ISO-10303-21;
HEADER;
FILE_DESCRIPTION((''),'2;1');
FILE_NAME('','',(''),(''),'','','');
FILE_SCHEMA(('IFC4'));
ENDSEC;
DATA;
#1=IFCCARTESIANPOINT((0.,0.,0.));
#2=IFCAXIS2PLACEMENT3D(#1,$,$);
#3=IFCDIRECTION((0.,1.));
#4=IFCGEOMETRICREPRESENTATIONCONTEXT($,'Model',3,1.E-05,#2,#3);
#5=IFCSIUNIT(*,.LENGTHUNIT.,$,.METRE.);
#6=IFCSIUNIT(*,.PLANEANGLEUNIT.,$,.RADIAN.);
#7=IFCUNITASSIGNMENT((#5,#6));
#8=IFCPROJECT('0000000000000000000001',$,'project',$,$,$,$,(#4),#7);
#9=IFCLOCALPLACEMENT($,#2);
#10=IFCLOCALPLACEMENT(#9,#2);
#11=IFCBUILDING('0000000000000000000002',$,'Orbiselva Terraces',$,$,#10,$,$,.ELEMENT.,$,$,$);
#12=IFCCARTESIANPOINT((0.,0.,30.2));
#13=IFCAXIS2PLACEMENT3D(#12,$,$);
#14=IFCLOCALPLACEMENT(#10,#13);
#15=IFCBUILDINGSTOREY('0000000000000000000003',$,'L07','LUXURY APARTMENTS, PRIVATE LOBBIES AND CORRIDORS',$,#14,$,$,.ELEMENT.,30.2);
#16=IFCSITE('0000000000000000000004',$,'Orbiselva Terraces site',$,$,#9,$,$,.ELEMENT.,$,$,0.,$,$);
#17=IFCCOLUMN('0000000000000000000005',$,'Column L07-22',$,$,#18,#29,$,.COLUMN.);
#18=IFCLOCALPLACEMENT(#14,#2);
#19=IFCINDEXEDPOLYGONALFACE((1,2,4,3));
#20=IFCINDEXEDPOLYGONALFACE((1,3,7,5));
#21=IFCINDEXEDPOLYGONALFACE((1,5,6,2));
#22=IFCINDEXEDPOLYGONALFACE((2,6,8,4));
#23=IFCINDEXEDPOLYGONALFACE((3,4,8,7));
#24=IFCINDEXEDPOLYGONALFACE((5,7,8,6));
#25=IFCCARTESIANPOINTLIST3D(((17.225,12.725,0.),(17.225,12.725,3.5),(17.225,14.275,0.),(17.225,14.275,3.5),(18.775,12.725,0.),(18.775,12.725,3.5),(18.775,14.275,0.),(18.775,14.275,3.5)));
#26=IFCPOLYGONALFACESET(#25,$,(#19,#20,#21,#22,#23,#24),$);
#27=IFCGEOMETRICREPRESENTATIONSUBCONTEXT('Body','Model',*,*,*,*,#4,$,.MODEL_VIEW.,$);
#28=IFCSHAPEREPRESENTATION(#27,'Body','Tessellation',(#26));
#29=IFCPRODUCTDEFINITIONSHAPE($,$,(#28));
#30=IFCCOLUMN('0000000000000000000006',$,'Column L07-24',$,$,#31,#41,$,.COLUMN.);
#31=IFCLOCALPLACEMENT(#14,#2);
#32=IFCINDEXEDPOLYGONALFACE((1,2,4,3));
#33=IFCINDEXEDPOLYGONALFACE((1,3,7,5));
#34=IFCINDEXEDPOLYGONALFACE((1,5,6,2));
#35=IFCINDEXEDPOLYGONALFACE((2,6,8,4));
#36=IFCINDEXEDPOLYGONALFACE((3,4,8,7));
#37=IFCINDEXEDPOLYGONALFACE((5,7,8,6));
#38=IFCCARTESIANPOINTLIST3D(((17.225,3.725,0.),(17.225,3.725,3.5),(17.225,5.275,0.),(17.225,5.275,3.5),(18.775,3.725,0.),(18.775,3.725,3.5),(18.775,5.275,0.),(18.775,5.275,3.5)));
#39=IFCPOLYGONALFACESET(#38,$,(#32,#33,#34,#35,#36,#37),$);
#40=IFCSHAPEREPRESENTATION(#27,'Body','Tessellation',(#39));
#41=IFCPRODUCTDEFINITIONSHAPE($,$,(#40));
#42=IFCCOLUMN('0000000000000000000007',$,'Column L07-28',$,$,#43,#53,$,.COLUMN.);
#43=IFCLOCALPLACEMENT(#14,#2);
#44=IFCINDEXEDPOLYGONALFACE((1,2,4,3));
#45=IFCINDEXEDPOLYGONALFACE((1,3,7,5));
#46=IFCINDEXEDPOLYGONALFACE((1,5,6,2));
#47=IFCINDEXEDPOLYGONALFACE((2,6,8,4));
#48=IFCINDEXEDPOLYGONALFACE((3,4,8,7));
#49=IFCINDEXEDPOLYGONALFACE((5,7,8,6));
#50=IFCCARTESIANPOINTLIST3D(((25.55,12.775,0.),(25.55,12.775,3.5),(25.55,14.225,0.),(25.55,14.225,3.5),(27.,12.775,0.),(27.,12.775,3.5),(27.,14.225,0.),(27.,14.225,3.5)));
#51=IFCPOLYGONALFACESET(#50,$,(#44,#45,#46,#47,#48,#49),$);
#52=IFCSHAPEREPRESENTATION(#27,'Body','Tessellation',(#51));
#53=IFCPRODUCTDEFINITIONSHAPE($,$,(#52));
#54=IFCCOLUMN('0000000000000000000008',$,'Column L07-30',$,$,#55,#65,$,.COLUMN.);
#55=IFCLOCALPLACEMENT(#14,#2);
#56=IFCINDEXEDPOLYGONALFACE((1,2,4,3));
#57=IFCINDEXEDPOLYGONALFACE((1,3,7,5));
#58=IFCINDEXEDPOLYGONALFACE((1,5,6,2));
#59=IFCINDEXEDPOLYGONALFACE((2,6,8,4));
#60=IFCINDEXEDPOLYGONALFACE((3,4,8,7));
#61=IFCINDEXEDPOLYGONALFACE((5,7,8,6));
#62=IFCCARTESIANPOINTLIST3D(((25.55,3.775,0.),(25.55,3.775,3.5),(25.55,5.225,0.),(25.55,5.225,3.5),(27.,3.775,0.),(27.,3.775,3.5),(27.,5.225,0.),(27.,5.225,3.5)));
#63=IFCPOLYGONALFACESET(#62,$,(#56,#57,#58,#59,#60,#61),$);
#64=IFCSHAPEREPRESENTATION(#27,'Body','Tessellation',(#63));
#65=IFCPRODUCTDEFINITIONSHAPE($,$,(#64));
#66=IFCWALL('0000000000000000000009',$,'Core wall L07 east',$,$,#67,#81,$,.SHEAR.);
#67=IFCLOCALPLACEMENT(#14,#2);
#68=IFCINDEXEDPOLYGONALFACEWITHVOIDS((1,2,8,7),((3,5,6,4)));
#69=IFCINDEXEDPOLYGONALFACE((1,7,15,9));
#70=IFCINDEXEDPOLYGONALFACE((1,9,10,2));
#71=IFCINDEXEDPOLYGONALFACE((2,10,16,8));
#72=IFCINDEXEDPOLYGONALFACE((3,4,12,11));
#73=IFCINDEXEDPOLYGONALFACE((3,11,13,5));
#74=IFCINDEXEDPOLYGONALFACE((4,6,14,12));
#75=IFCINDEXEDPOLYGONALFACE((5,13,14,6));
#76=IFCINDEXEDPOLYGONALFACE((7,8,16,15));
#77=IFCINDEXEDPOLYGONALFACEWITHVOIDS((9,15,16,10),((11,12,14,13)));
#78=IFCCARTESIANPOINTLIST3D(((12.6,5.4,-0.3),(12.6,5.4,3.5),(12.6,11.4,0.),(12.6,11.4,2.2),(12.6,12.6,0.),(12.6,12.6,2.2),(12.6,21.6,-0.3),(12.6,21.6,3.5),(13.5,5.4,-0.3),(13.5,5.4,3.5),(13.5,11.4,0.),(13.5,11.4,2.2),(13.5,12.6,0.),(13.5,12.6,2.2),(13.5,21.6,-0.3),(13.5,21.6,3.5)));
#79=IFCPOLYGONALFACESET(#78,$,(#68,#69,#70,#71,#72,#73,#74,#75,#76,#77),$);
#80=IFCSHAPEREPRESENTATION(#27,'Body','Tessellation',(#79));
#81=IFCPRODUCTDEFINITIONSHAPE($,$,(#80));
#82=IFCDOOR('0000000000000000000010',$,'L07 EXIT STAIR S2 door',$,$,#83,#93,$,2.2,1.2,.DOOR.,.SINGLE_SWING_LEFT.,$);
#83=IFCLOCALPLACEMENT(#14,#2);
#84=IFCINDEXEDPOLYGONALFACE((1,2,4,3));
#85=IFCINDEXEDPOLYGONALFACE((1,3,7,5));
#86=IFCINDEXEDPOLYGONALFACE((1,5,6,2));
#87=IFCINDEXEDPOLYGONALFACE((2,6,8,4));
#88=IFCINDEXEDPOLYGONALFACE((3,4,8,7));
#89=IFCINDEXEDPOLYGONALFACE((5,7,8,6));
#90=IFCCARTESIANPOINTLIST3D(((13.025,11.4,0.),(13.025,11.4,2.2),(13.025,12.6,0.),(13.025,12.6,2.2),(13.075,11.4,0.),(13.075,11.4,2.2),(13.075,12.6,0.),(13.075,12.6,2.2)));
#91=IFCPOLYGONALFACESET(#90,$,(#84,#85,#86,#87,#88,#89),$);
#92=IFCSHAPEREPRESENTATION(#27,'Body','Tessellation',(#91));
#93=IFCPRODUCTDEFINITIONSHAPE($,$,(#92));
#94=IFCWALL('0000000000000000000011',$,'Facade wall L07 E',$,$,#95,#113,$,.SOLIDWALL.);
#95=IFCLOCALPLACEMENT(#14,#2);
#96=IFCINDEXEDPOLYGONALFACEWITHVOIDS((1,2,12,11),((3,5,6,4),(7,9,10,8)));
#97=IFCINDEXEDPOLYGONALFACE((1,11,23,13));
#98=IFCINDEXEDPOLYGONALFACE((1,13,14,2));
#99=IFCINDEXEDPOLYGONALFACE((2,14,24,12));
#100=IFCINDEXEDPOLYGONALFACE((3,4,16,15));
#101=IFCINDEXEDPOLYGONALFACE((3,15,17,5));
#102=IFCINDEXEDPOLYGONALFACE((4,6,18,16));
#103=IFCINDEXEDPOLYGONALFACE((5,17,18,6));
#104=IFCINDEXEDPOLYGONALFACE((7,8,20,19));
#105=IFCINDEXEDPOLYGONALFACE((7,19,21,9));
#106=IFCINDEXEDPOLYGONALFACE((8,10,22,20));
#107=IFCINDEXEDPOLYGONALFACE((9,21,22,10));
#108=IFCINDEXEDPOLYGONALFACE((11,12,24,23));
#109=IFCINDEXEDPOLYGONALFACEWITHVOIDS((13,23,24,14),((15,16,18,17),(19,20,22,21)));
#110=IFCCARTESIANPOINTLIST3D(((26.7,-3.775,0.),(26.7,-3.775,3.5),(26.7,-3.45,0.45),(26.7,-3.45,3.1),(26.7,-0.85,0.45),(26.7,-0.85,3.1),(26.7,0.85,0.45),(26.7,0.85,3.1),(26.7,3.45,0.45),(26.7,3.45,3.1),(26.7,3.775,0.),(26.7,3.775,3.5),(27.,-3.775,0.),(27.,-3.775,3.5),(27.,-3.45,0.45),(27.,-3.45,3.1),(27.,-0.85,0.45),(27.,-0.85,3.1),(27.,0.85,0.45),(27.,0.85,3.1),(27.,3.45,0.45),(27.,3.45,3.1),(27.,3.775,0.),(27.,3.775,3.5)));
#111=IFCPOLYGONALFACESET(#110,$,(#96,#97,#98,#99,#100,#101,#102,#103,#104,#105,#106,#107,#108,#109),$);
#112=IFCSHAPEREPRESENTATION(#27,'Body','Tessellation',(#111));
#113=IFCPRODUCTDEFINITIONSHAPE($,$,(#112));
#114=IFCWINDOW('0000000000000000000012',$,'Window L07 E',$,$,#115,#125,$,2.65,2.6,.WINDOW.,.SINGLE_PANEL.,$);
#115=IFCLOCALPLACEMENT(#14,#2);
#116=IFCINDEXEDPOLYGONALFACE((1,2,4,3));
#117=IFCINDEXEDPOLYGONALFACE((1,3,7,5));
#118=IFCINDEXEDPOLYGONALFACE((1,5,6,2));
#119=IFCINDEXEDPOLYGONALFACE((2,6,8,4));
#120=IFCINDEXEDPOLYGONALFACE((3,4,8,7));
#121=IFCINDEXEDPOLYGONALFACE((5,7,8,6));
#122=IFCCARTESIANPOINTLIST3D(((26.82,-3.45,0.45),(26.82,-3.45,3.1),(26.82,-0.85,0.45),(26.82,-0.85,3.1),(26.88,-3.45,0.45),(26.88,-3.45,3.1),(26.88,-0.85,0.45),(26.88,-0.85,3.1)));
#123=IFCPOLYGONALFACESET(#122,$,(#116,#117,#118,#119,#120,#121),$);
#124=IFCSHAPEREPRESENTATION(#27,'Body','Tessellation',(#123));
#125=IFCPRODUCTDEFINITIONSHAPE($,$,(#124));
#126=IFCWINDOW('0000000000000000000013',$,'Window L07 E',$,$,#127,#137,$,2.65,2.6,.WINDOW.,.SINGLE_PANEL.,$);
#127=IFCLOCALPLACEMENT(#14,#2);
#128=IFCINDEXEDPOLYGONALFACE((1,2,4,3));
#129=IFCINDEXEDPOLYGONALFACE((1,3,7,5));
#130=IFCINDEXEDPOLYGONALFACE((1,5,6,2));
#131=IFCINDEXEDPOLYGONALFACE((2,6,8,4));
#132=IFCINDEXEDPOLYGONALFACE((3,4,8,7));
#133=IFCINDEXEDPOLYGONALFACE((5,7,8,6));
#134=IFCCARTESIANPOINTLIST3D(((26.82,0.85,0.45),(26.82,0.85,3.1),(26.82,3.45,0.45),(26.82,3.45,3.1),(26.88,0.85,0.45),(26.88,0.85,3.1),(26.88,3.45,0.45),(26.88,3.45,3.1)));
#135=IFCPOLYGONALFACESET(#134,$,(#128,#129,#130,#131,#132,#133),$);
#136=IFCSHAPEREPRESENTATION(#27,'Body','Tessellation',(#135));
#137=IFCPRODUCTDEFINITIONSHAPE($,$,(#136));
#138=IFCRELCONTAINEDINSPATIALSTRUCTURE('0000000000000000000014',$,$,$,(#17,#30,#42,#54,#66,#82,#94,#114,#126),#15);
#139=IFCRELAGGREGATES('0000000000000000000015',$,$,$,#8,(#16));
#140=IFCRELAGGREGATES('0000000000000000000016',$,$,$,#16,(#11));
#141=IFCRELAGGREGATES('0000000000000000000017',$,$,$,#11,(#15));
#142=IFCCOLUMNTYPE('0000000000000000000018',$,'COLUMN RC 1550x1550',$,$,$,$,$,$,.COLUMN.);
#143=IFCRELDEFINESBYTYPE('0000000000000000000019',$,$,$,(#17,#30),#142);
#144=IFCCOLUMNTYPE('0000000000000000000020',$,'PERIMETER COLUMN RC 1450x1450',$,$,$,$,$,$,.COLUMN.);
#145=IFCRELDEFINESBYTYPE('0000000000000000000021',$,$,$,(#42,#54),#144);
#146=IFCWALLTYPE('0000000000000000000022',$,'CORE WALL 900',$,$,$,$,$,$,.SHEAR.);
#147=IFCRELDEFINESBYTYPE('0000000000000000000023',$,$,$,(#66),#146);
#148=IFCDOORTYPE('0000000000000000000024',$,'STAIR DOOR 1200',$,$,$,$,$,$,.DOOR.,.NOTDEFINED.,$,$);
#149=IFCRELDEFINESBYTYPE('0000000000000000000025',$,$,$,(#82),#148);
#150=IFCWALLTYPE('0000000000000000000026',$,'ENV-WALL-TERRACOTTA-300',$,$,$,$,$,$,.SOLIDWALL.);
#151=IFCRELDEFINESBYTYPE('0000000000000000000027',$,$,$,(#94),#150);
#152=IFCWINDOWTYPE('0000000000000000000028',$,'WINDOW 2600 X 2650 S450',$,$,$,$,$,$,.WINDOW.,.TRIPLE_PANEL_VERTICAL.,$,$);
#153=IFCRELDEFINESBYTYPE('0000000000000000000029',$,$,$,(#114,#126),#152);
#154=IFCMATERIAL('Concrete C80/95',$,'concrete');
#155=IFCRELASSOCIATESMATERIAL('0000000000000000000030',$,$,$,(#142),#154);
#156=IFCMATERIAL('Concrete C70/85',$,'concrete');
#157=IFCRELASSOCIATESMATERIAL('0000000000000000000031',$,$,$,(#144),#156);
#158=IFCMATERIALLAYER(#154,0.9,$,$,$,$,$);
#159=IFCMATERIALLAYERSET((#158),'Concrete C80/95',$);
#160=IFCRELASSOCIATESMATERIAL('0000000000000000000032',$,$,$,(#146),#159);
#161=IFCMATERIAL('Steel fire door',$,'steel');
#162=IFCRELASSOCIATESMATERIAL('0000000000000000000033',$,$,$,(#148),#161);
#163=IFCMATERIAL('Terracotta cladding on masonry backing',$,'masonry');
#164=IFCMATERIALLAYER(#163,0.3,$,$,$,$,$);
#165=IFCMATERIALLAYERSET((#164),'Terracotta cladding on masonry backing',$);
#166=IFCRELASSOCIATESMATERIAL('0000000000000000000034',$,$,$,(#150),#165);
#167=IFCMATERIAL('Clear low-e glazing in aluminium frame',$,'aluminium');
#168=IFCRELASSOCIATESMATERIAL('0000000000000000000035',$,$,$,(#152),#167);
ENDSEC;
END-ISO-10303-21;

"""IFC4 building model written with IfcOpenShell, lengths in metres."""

from ifc_helpers import new_model, si_unit, direction, frame, frame_2d, origin, origin_2d, place, context, subcontext, project, spatial, rectangle, extrude, material, layer, layer_set, material_profile, profile_set, type_object, element, fill, save


model = new_model("IFC4")

# Units and contexts
model_context = context("Model", 3, precision=1e-05, world=origin(), true_north=direction((0.0, 1.0)))
body_context = subcontext(model_context, "Body", "Model", "MODEL_VIEW")
ifc_project = project(units=[si_unit("LENGTHUNIT", "METRE"), si_unit("PLANEANGLEUNIT", "RADIAN")], contexts=[model_context])

# Site, building, storey
site_placement = place(None, origin())
site = spatial("IfcSite", under=ifc_project, at=site_placement, Name="Orbiselva Terraces site", CompositionType="ELEMENT", RefElevation=0.0)
building_placement = place(site_placement, origin())
building = spatial("IfcBuilding", under=site, at=building_placement, Name="Orbiselva Terraces", CompositionType="ELEMENT")
storey_placement = place(building_placement, frame((0.0, 0.0, 30.2)))
storey = spatial("IfcBuildingStorey", under=building, at=storey_placement, Name="L07", Description="LUXURY APARTMENTS, PRIVATE LOBBIES AND CORRIDORS", CompositionType="ELEMENT", Elevation=30.2)

# Columns
ifc_material_1 = material(Name="Concrete C80/95", Category="concrete")
ifc_material_profile_1 = material_profile(ifc_material_1, rectangle(XDim=1.55, YDim=1.55, at=origin_2d()), Name="RC 1550x1550")
ifc_profile_set_1 = profile_set([ifc_material_profile_1], Name="Concrete C80/95")
column_type_1 = type_object("IfcColumnType", Name="COLUMN RC 1550x1550", PredefinedType="COLUMN", material=ifc_profile_set_1)
for number, where, z_axis, x_axis, name in (
    (1, (18.0, 13.5, 0.0), (0.0, 0.0, 1.0), (1.0, 0.0, 0.0), "Column L07-22"),
    (2, (18.0, 4.5, 0.0), (0.0, 0.0, 1.0), (1.0, 0.0, 0.0), "Column L07-24"),
):
    element("IfcColumn", number, at=place(storey_placement, frame(where, z_axis=z_axis, x_axis=x_axis)), inside=storey, type_object=column_type_1, Name=name, PredefinedType="COLUMN", context=body_context, shape_type="SweptSolid", body=[
        extrude(rectangle(XDim=1.55, YDim=1.55, at=origin_2d()), origin(), (0.0, 0.0, 1.0), 3.5),
    ])
ifc_material_2 = material(Name="Concrete C70/85", Category="concrete")
ifc_material_profile_2 = material_profile(ifc_material_2, rectangle(XDim=1.45, YDim=1.45, at=origin_2d()), Name="RC 1450x1450")
ifc_profile_set_2 = profile_set([ifc_material_profile_2], Name="Concrete C70/85")
column_type_2 = type_object("IfcColumnType", Name="PERIMETER COLUMN RC 1450x1450", PredefinedType="COLUMN", material=ifc_profile_set_2)
for number, where, z_axis, x_axis, name in (
    (3, (26.275, 13.5, 0.0), (0.0, 0.0, 1.0), (1.0, 0.0, 0.0), "Column L07-28"),
    (4, (26.275, 4.5, 0.0), (0.0, 0.0, 1.0), (1.0, 0.0, 0.0), "Column L07-30"),
):
    element("IfcColumn", number, at=place(storey_placement, frame(where, z_axis=z_axis, x_axis=x_axis)), inside=storey, type_object=column_type_2, Name=name, PredefinedType="COLUMN", context=body_context, shape_type="SweptSolid", body=[
        extrude(rectangle(XDim=1.45, YDim=1.45, at=origin_2d()), origin(), (0.0, 0.0, 1.0), 3.5),
    ])

# Wall, opening, door
ifc_layer_1 = layer(ifc_material_1, 0.9)
ifc_layer_set_1 = layer_set([ifc_layer_1], Name="Concrete C80/95")
wall_type_1 = type_object("IfcWallType", Name="CORE WALL 900", PredefinedType="SHEAR", material=ifc_layer_set_1)
wall_1_placement = place(storey_placement, frame((13.05, 5.4, -0.3), z_axis=(0.0, 0.0, 1.0), x_axis=(0.0, 1.0, 0.0)))
wall_1 = element("IfcWall", 5, at=wall_1_placement, inside=storey, type_object=wall_type_1, Name="Core wall L07 east", PredefinedType="SHEAR", context=body_context, shape_type="SweptSolid", body=[
    extrude(rectangle(XDim=16.2, YDim=0.9, at=frame_2d((8.1, 0.0))), origin(), (0.0, 0.0, 1.0), 3.8),
])
opening_1_placement = place(wall_1_placement, frame((6.0, 0.0, 0.3)))
opening_1 = element("IfcOpeningElement", 6, at=opening_1_placement, cuts=wall_1, PredefinedType="OPENING", context=body_context, shape_type="SweptSolid", body=[
    extrude(rectangle(XDim=1.2, YDim=2.2, at=frame_2d((0.6, 1.1))), frame((0.0, 0.46, 0.0), z_axis=(0.0, -1.0, 0.0), x_axis=(1.0, 0.0, 0.0)), (0.0, 0.0, 1.0), 0.92),
])
ifc_material_3 = material(Name="Steel fire door", Category="steel")
door_type_1 = type_object("IfcDoorType", Name="STAIR DOOR 1200", OperationType="NOTDEFINED", PredefinedType="DOOR", material=ifc_material_3)
door_1_placement = place(opening_1_placement, frame((1.2, 0.0, 0.0), z_axis=(0.0, 0.0, 1.0), x_axis=(-1.0, 0.0, 0.0)))
door_1 = element("IfcDoor", 7, at=door_1_placement, inside=storey, type_object=door_type_1, Name="L07 EXIT STAIR S2 door", OperationType="SINGLE_SWING_LEFT", OverallHeight=2.2, OverallWidth=1.2, PredefinedType="DOOR", context=body_context, shape_type="SweptSolid", body=[
    extrude(rectangle(XDim=1.2, YDim=2.2, at=frame_2d((0.6, 1.1))), frame((0.0, 0.025, 0.0), z_axis=(0.0, -1.0, 0.0), x_axis=(1.0, 0.0, 0.0)), (0.0, 0.0, 1.0), 0.05),
])
fill(opening_1, door_1)

# Wall, openings, windows
ifc_material_4 = material(Name="Terracotta cladding on masonry backing", Category="masonry")
ifc_layer_2 = layer(ifc_material_4, 0.3)
ifc_layer_set_2 = layer_set([ifc_layer_2], Name="Terracotta cladding on masonry backing")
wall_type_2 = type_object("IfcWallType", Name="ENV-WALL-TERRACOTTA-300", PredefinedType="SOLIDWALL", material=ifc_layer_set_2)
wall_2_placement = place(storey_placement, frame((26.85, 3.775, 0.0), z_axis=(0.0, 0.0, 1.0), x_axis=(0.0, -1.0, 0.0)))
wall_2 = element("IfcWall", 8, at=wall_2_placement, inside=storey, type_object=wall_type_2, Name="Facade wall L07 E", PredefinedType="SOLIDWALL", context=body_context, shape_type="SweptSolid", body=[
    extrude(rectangle(XDim=7.55, YDim=0.3, at=frame_2d((3.775, 0.0))), origin(), (0.0, 0.0, 1.0), 3.5),
])
opening_2_placement = place(wall_2_placement, frame((4.625, 0.0, 0.45)))
opening_2 = element("IfcOpeningElement", 9, at=opening_2_placement, cuts=wall_2, PredefinedType="OPENING", context=body_context, shape_type="SweptSolid", body=[
    extrude(rectangle(XDim=2.6, YDim=2.65, at=frame_2d((1.3, 1.325))), frame((0.0, 0.16, 0.0), z_axis=(0.0, -1.0, 0.0), x_axis=(1.0, 0.0, 0.0)), (0.0, 0.0, 1.0), 0.32),
])
opening_3_placement = place(wall_2_placement, frame((0.325, 0.0, 0.45)))
opening_3 = element("IfcOpeningElement", 10, at=opening_3_placement, cuts=wall_2, PredefinedType="OPENING", context=body_context, shape_type="SweptSolid", body=[
    extrude(rectangle(XDim=2.6, YDim=2.65, at=frame_2d((1.3, 1.325))), frame((0.0, 0.16, 0.0), z_axis=(0.0, -1.0, 0.0), x_axis=(1.0, 0.0, 0.0)), (0.0, 0.0, 1.0), 0.32),
])
ifc_material_5 = material(Name="Clear low-e glazing in aluminium frame", Category="aluminium")
window_type = type_object("IfcWindowType", Name="WINDOW 2600 X 2650 S450", PartitioningType="TRIPLE_PANEL_VERTICAL", PredefinedType="WINDOW", material=ifc_material_5)
window_1_placement = place(opening_2_placement, origin())
window_1 = element("IfcWindow", 11, at=window_1_placement, inside=storey, type_object=window_type, Name="Window L07 E", OverallHeight=2.65, OverallWidth=2.6, PartitioningType="SINGLE_PANEL", PredefinedType="WINDOW", context=body_context, shape_type="SweptSolid", body=[
    extrude(rectangle(XDim=2.6, YDim=2.65, at=frame_2d((1.3, 1.325))), frame((0.0, 0.03, 0.0), z_axis=(0.0, -1.0, 0.0), x_axis=(1.0, 0.0, 0.0)), (0.0, 0.0, 1.0), 0.06),
])
fill(opening_2, window_1)
window_2_placement = place(opening_3_placement, origin())
window_2 = element("IfcWindow", 12, at=window_2_placement, inside=storey, type_object=window_type, Name="Window L07 E", OverallHeight=2.65, OverallWidth=2.6, PartitioningType="SINGLE_PANEL", PredefinedType="WINDOW", context=body_context, shape_type="SweptSolid", body=[
    extrude(rectangle(XDim=2.6, YDim=2.65, at=frame_2d((1.3, 1.325))), frame((0.0, 0.03, 0.0), z_axis=(0.0, -1.0, 0.0), x_axis=(1.0, 0.0, 0.0)), (0.0, 0.0, 1.0), 0.06),
])
fill(opening_3, window_2)

save(model, "model.ifc")
